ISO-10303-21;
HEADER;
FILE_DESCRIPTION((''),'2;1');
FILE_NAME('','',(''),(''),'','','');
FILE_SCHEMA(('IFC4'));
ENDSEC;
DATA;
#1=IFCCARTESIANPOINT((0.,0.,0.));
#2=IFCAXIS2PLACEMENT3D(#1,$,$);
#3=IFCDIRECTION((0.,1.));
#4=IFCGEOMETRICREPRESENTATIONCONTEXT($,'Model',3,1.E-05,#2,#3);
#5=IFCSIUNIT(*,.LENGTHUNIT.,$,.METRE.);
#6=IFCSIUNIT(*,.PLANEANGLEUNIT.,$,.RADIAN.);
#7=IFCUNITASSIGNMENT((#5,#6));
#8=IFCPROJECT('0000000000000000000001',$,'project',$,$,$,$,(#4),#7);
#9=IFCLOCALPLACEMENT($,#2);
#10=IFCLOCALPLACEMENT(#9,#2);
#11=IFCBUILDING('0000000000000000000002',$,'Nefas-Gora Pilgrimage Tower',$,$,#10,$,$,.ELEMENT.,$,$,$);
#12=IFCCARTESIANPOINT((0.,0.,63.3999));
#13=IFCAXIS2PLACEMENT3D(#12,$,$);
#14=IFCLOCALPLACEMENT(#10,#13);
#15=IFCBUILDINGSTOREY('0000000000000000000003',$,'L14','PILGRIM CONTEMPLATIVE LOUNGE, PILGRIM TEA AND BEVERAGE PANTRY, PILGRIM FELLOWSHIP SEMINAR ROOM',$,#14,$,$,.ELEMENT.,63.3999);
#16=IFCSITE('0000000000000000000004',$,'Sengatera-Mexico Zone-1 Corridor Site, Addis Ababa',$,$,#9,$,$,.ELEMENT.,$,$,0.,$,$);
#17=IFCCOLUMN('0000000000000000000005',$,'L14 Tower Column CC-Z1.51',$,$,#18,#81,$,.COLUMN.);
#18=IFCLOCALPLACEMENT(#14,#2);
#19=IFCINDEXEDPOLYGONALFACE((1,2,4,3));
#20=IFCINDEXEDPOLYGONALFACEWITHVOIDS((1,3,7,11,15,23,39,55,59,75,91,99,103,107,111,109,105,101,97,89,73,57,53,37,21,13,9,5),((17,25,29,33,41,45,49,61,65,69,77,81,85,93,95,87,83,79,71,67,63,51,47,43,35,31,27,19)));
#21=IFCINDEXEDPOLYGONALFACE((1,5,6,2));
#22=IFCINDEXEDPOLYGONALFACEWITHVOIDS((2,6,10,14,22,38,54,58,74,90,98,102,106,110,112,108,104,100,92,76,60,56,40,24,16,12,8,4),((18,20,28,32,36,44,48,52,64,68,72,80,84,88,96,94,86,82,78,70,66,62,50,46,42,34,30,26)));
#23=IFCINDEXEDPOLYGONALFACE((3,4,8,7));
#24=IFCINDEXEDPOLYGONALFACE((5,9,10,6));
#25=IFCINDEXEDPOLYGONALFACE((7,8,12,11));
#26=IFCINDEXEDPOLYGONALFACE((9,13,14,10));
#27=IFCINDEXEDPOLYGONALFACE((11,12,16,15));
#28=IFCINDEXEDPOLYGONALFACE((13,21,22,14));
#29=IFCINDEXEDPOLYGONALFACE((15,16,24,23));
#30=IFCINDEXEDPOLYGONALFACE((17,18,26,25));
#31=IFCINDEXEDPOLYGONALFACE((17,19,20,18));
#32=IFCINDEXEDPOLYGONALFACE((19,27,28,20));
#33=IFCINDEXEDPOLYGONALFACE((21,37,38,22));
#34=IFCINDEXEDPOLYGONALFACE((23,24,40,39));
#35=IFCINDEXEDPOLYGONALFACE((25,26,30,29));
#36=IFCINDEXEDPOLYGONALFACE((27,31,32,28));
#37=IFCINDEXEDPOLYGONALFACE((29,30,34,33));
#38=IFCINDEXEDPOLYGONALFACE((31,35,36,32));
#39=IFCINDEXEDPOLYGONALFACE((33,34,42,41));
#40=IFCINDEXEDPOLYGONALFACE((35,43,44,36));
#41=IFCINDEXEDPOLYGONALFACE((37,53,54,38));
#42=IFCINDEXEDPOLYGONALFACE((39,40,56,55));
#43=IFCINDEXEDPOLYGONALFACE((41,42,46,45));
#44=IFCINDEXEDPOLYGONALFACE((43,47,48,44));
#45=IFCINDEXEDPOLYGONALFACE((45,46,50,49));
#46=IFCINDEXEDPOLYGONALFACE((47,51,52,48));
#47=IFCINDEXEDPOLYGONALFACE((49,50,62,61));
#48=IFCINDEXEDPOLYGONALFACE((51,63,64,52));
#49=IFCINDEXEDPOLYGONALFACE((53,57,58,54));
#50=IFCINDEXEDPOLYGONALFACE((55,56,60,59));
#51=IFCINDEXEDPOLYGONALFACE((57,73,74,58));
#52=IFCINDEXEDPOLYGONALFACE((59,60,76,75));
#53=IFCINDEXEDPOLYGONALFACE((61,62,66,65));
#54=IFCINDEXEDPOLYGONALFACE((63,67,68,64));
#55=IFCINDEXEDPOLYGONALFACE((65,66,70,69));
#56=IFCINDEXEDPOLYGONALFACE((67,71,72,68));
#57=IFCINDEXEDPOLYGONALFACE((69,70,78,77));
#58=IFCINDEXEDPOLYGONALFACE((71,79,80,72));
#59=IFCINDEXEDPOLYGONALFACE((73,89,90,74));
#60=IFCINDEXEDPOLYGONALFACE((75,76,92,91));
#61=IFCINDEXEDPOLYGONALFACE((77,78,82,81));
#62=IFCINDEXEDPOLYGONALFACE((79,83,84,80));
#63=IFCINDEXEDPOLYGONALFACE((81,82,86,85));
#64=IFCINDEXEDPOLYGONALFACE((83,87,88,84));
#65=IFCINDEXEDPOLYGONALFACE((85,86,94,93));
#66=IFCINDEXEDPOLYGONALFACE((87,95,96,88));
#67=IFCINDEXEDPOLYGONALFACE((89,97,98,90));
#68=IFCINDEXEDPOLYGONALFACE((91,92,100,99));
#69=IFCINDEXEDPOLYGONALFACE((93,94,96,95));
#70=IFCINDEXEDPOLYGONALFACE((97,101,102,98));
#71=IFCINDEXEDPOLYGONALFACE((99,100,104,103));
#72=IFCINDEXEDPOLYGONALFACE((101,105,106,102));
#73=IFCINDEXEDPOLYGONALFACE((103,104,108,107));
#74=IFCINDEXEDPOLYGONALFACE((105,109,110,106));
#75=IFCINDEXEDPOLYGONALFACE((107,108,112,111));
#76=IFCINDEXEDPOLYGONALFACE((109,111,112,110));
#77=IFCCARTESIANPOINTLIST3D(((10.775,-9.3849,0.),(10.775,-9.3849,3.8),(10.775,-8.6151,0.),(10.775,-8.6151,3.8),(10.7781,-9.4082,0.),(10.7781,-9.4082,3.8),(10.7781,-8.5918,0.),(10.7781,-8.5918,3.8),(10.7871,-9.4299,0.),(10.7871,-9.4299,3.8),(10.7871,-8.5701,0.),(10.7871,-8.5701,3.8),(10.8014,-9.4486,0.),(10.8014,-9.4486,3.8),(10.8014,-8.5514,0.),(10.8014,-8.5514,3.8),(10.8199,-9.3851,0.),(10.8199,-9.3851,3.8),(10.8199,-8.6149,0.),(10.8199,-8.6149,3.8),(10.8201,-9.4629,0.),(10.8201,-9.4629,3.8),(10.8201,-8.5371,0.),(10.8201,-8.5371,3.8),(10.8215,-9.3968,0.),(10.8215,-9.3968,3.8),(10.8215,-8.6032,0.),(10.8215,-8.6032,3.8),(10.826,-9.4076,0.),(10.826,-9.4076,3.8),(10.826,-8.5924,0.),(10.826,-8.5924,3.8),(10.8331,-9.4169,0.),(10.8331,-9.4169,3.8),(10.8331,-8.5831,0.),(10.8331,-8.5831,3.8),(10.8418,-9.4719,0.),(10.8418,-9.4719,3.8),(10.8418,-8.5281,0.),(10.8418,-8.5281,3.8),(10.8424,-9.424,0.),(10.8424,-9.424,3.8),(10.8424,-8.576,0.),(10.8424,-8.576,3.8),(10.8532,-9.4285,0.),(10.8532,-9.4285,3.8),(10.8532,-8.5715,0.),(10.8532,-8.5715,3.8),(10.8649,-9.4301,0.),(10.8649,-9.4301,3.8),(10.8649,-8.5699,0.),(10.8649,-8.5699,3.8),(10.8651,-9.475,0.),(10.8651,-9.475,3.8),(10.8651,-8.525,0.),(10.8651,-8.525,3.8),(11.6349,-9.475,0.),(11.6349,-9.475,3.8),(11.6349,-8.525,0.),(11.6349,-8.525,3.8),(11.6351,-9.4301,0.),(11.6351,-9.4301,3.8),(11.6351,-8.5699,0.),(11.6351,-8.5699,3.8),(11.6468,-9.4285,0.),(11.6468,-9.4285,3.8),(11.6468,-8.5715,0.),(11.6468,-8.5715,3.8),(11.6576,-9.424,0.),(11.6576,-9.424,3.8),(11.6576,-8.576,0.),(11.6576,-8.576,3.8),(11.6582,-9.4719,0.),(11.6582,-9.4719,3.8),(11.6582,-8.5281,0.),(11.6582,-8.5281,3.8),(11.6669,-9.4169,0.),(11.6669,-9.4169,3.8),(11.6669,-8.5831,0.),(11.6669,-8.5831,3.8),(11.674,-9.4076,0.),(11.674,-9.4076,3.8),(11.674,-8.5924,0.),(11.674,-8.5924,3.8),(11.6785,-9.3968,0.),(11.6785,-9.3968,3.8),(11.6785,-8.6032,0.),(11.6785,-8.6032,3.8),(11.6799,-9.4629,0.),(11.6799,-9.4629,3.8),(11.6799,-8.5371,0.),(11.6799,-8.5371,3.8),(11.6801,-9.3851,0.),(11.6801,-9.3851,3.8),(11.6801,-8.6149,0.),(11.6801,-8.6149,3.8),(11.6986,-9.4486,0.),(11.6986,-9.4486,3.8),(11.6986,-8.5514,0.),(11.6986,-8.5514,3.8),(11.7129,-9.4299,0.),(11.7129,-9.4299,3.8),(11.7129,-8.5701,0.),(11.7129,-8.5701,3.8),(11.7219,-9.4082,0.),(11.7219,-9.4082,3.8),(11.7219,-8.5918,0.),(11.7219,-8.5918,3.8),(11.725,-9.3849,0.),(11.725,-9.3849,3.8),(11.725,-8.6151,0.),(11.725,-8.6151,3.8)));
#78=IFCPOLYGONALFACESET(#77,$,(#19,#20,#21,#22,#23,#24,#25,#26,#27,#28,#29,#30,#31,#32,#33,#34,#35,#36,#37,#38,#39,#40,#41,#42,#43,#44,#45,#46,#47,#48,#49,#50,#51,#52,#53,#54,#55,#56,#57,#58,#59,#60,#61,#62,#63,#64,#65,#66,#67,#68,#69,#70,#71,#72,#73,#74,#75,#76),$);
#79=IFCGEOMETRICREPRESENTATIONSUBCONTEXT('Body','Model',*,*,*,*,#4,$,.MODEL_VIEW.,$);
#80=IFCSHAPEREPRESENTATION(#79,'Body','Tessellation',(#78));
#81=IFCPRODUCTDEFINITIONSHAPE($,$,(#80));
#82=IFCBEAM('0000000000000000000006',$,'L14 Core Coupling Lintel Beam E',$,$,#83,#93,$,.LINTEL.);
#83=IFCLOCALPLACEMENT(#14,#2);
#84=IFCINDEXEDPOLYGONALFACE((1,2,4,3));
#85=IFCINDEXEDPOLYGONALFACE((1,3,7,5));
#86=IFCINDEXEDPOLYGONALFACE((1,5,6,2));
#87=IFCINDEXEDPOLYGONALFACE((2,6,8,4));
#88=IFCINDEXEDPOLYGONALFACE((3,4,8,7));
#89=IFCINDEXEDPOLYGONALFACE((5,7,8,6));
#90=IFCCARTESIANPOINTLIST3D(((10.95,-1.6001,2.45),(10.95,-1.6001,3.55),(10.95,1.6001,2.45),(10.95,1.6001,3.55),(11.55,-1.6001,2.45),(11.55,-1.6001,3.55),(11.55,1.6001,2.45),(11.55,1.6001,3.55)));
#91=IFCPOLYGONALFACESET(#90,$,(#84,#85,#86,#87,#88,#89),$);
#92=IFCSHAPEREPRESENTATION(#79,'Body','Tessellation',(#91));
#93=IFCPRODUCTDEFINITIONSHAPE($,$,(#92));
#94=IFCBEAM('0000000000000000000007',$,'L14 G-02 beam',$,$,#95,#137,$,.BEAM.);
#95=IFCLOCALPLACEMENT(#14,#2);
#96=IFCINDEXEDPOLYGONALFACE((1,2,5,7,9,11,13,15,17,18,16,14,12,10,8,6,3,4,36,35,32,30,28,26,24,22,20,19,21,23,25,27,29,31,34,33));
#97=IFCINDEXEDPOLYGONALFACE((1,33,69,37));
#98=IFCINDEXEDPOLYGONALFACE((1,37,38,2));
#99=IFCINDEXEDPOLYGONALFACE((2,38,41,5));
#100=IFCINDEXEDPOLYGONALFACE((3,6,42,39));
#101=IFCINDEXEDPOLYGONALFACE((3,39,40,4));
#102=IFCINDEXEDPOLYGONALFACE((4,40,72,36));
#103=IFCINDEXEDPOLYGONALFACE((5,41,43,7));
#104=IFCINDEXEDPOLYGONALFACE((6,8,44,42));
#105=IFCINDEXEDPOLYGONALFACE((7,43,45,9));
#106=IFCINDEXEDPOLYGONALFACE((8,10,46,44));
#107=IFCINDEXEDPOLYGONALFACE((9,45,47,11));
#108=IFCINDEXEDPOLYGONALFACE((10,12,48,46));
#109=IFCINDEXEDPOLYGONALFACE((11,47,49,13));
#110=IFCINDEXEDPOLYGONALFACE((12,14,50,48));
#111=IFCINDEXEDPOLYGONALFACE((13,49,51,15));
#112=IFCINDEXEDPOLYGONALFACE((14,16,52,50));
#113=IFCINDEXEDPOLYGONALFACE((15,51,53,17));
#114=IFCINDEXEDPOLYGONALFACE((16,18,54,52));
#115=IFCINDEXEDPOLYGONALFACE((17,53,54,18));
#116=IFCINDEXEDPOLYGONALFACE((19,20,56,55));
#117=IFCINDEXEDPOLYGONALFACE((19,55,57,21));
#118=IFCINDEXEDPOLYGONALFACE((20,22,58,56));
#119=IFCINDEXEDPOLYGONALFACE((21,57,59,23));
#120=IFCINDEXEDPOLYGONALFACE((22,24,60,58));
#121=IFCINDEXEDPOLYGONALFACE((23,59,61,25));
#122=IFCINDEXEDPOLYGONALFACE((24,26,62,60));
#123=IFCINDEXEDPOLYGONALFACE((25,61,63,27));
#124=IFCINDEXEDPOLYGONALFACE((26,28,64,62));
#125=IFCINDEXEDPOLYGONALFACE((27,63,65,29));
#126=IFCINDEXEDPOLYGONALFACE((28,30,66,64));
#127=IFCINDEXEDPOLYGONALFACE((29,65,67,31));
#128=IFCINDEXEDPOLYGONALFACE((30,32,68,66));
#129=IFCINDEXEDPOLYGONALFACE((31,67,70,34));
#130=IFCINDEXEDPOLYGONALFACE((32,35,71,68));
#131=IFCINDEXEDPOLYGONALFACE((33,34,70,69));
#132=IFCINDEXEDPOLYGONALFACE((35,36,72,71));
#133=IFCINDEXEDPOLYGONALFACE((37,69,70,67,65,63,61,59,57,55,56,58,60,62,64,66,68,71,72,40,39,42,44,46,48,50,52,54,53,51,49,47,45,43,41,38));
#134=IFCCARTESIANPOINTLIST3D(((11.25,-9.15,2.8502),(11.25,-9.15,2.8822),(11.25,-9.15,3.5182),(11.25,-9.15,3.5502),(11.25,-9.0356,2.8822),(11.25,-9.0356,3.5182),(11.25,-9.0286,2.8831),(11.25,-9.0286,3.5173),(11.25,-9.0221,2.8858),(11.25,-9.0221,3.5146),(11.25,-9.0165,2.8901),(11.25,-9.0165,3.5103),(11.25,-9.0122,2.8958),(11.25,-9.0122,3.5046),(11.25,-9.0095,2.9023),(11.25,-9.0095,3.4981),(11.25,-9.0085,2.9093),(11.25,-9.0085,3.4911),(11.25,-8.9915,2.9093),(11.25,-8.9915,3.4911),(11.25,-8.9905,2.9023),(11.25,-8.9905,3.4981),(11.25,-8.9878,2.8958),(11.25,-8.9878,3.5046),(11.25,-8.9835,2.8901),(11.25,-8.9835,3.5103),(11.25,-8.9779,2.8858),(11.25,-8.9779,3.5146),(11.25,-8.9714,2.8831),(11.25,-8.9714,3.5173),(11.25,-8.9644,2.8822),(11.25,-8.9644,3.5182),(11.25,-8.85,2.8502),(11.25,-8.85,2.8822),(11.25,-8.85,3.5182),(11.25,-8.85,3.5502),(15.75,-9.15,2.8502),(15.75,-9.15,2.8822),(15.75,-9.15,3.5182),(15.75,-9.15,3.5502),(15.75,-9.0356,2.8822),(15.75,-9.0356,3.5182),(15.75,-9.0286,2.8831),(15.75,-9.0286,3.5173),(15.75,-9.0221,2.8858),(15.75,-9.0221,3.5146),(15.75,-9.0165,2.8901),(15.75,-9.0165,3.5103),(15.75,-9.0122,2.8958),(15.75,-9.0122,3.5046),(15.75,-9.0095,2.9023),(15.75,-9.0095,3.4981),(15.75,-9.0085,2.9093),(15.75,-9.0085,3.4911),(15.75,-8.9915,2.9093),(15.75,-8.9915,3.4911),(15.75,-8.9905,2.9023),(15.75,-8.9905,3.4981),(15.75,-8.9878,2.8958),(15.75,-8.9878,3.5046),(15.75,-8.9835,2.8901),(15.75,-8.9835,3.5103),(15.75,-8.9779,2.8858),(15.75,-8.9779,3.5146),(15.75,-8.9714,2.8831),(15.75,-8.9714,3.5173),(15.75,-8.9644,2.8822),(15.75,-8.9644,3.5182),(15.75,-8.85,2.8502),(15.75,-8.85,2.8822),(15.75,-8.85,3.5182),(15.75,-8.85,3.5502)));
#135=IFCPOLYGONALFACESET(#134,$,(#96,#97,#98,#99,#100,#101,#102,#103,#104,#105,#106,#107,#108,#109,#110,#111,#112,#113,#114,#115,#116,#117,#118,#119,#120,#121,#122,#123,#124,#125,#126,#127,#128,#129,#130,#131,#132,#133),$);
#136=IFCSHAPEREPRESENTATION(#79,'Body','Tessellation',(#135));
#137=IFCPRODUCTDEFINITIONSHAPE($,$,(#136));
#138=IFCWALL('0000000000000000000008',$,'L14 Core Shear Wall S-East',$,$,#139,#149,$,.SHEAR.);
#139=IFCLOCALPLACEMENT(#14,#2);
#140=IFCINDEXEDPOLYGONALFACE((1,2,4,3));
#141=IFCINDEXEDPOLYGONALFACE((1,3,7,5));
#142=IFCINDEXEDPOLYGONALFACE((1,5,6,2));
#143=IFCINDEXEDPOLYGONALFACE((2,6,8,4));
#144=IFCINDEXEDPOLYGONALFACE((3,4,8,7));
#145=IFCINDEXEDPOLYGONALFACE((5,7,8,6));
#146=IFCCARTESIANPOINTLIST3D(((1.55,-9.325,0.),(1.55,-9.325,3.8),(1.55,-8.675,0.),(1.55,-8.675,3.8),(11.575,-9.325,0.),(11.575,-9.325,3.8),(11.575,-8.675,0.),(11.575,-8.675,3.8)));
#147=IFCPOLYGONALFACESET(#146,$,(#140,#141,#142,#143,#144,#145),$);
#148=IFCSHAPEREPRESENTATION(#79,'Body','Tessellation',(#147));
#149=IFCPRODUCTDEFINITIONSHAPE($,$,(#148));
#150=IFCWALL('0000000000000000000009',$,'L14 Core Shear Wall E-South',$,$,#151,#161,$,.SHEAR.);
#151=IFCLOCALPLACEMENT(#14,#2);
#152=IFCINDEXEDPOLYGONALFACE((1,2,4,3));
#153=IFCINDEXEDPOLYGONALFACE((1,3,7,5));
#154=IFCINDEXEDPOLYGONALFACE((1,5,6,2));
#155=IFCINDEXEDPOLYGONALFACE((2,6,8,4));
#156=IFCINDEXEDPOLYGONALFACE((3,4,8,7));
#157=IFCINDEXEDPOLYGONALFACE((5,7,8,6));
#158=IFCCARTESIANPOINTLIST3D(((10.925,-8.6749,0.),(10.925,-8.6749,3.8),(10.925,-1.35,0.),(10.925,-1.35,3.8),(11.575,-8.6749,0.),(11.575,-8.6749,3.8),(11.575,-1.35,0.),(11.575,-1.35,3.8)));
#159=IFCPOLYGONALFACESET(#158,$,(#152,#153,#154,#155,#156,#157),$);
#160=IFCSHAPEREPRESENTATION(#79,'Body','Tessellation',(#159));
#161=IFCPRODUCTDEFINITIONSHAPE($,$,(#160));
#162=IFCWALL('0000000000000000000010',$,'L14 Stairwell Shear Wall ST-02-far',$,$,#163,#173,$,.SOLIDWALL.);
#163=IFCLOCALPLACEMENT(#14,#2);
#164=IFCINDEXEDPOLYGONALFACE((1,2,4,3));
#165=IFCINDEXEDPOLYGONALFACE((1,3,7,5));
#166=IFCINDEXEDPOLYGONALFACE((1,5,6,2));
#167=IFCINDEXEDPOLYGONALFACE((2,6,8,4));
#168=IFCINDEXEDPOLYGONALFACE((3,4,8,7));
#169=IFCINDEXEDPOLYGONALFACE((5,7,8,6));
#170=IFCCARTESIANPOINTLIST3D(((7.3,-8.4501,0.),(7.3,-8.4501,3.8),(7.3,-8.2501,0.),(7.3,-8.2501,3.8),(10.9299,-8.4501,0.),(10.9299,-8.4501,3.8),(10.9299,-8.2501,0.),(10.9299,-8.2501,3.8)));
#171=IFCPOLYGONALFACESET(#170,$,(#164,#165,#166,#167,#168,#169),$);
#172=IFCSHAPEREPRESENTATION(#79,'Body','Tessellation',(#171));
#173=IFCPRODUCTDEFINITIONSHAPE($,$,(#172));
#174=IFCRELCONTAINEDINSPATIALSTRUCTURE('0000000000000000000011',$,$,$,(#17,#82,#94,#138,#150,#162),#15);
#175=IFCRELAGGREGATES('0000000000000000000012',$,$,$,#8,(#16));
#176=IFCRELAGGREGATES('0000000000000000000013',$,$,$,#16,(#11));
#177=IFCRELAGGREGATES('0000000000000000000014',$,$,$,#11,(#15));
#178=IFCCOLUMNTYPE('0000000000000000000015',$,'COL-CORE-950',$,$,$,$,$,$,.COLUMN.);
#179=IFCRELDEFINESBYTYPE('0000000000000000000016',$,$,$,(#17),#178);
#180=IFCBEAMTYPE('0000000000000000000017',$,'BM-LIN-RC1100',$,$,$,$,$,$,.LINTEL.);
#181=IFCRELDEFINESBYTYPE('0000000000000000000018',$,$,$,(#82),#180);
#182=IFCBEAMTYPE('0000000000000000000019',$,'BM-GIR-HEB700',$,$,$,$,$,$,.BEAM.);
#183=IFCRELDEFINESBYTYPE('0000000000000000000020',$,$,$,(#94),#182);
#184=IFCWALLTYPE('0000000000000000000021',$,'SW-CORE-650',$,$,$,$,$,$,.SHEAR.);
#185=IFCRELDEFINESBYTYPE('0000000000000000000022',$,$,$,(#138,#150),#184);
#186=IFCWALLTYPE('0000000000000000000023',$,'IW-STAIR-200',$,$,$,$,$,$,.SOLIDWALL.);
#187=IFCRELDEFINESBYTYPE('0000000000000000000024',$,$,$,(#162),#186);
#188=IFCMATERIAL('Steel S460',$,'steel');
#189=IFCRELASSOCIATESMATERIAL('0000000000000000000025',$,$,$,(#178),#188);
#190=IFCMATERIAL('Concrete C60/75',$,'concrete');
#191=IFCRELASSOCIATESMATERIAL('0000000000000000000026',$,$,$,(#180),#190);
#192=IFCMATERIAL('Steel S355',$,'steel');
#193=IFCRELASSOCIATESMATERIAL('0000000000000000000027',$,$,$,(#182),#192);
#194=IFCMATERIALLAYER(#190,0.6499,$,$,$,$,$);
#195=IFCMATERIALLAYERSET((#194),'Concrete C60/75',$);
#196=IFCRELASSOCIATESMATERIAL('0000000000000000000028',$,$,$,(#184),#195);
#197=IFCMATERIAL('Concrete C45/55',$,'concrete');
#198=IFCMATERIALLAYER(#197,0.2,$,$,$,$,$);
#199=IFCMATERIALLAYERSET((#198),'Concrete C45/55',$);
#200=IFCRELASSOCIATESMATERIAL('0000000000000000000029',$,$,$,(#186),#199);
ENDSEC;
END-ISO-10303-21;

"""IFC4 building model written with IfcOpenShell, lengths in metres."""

from ifc_helpers import new_model, si_unit, direction, frame, frame_2d, origin, origin_2d, place, context, subcontext, project, spatial, rectangle, hollow_rectangle, i_section, extrude, source, transform, mapped, material, layer, layer_set, material_profile, profile_set, type_object, element, save


model = new_model("IFC4")

# Units and contexts
model_context = context("Model", 3, precision=1e-05, world=origin(), true_north=direction((0.0, 1.0)))
body_context = subcontext(model_context, "Body", "Model", "MODEL_VIEW")
ifc_project = project(units=[si_unit("LENGTHUNIT", "METRE"), si_unit("PLANEANGLEUNIT", "RADIAN")], contexts=[model_context])

# Site, building, storey
site_placement = place(None, origin())
site = spatial("IfcSite", under=ifc_project, at=site_placement, Name="Sengatera-Mexico Zone-1 Corridor Site, Addis Ababa", CompositionType="ELEMENT", RefElevation=0.0)
building_placement = place(site_placement, origin())
building = spatial("IfcBuilding", under=site, at=building_placement, Name="Nefas-Gora Pilgrimage Tower", CompositionType="ELEMENT")
storey_placement = place(building_placement, frame((0.0, 0.0, 63.3999)))
storey = spatial("IfcBuildingStorey", under=building, at=storey_placement, Name="L14", Description="PILGRIM CONTEMPLATIVE LOUNGE, PILGRIM TEA AND BEVERAGE PANTRY, PILGRIM FELLOWSHIP SEMINAR ROOM", CompositionType="ELEMENT", Elevation=63.3999)

# Column
ifc_material_1 = material(Name="Steel S460", Category="steel")
ifc_material_profile_1 = material_profile(ifc_material_1, hollow_rectangle(XDim=0.95, YDim=0.95, WallThickness=0.0449, InnerFilletRadius=0.0449, OuterFilletRadius=0.0901, at=origin_2d()), Name="BOX 950x950x45")
ifc_profile_set_1 = profile_set([ifc_material_profile_1], Name="Steel S460")
column_type = type_object("IfcColumnType", Name="COL-CORE-950", PredefinedType="COLUMN", material=ifc_profile_set_1)
shared_shape_1 = source(origin(), body_context, "Body", "SweptSolid", [
    extrude(hollow_rectangle(XDim=0.95, YDim=0.95, WallThickness=0.0449, InnerFilletRadius=0.0449, OuterFilletRadius=0.0901, at=origin_2d()), origin(), (0.0, 0.0, 1.0), 3.8),
])
column_placement = place(storey_placement, frame((11.25, -9.0, 0.0), z_axis=(0.0, 0.0, 1.0), x_axis=(1.0, 0.0, 0.0)))
element("IfcColumn", 1, at=column_placement, inside=storey, type_object=column_type, Name="L14 Tower Column CC-Z1.51", PredefinedType="COLUMN", context=body_context, shape_type="MappedRepresentation", body=[
    mapped(shared_shape_1, transform((0.0, 0.0, 0.0), x_axis=(1.0, 0.0, 0.0), y_axis=(0.0, 1.0, 0.0), z_axis=(0.0, 0.0, 1.0), scale=1.0)),
])

# Beams
ifc_material_2 = material(Name="Concrete C60/75", Category="concrete")
ifc_material_profile_2 = material_profile(ifc_material_2, rectangle(XDim=0.6001, YDim=1.1001, at=origin_2d()), Name="RC 600x1100")
ifc_profile_set_2 = profile_set([ifc_material_profile_2], Name="Concrete C60/75")
beam_type_1 = type_object("IfcBeamType", Name="BM-LIN-RC1100", PredefinedType="LINTEL", material=ifc_profile_set_2)
shared_shape_2 = source(origin(), body_context, "Body", "SweptSolid", [
    extrude(rectangle(XDim=0.6001, YDim=1.1001, at=origin_2d()), origin(), (0.0, 0.0, 1.0), 3.2002),
])
beam_1_placement = place(storey_placement, frame((11.25, -1.6001, 3.0), z_axis=(0.0, 1.0, 0.0), x_axis=(-1.0, 0.0, 0.0)))
element("IfcBeam", 2, at=beam_1_placement, inside=storey, type_object=beam_type_1, Name="L14 Core Coupling Lintel Beam E", PredefinedType="LINTEL", context=body_context, shape_type="MappedRepresentation", body=[
    mapped(shared_shape_2, transform((0.0, 0.0, 0.0), x_axis=(1.0, 0.0, 0.0), y_axis=(0.0, 1.0, 0.0), z_axis=(0.0, 0.0, 1.0), scale=1.0)),
])
ifc_material_3 = material(Name="Steel S355", Category="steel")
ifc_material_profile_3 = material_profile(ifc_material_3, i_section(OverallWidth=0.3, OverallDepth=0.7, WebThickness=0.0171, FlangeThickness=0.032, FilletRadius=0.0271, at=origin_2d()), Name="HEB 700")
ifc_profile_set_3 = profile_set([ifc_material_profile_3], Name="Steel S355")
beam_type_2 = type_object("IfcBeamType", Name="BM-GIR-HEB700", PredefinedType="BEAM", material=ifc_profile_set_3)
shared_shape_3 = source(origin(), body_context, "Body", "SweptSolid", [
    extrude(i_section(OverallWidth=0.3, OverallDepth=0.7, WebThickness=0.0171, FlangeThickness=0.032, FilletRadius=0.0271, at=origin_2d()), origin(), (0.0, 0.0, 1.0), 4.5),
])
beam_2_placement = place(storey_placement, frame((11.25, -9.0, 3.2002), z_axis=(1.0, 0.0, 0.0), x_axis=(0.0, 1.0, 0.0)))
element("IfcBeam", 3, at=beam_2_placement, inside=storey, type_object=beam_type_2, Name="L14 G-02 beam", PredefinedType="BEAM", context=body_context, shape_type="MappedRepresentation", body=[
    mapped(shared_shape_3, transform((0.0, 0.0, 0.0), x_axis=(1.0, 0.0, 0.0), y_axis=(0.0, 1.0, 0.0), z_axis=(0.0, 0.0, 1.0), scale=1.0)),
])

# Walls
ifc_layer_1 = layer(ifc_material_2, 0.6499)
ifc_layer_set_1 = layer_set([ifc_layer_1], Name="Concrete C60/75")
wall_type_1 = type_object("IfcWallType", Name="SW-CORE-650", PredefinedType="SHEAR", material=ifc_layer_set_1)
shared_shape_4 = source(origin(), body_context, "Body", "SweptSolid", [
    extrude(rectangle(XDim=10.0249, YDim=0.6499, at=frame_2d((5.0125, 0.0))), origin(), (0.0, 0.0, 1.0), 3.8),
])
wall_1_placement = place(storey_placement, frame((1.55, -9.0, 0.0), z_axis=(0.0, 0.0, 1.0), x_axis=(1.0, 0.0, 0.0)))
element("IfcWall", 4, at=wall_1_placement, inside=storey, type_object=wall_type_1, Name="L14 Core Shear Wall S-East", PredefinedType="SHEAR", context=body_context, shape_type="MappedRepresentation", body=[
    mapped(shared_shape_4, transform((0.0, 0.0, 0.0), x_axis=(1.0, 0.0, 0.0), y_axis=(0.0, 1.0, 0.0), z_axis=(0.0, 0.0, 1.0), scale=1.0)),
])
shared_shape_5 = source(origin(), body_context, "Body", "SweptSolid", [
    extrude(rectangle(XDim=7.325, YDim=0.6499, at=frame_2d((3.6626, 0.0))), origin(), (0.0, 0.0, 1.0), 3.8),
])
wall_2_placement = place(storey_placement, frame((11.25, -8.675, 0.0), z_axis=(0.0, 0.0, 1.0), x_axis=(0.0, 1.0, 0.0)))
element("IfcWall", 5, at=wall_2_placement, inside=storey, type_object=wall_type_1, Name="L14 Core Shear Wall E-South", PredefinedType="SHEAR", context=body_context, shape_type="MappedRepresentation", body=[
    mapped(shared_shape_5, transform((0.0, 0.0, 0.0), x_axis=(1.0, 0.0, 0.0), y_axis=(0.0, 1.0, 0.0), z_axis=(0.0, 0.0, 1.0), scale=1.0)),
])
ifc_material_4 = material(Name="Concrete C45/55", Category="concrete")
ifc_layer_2 = layer(ifc_material_4, 0.2)
ifc_layer_set_2 = layer_set([ifc_layer_2], Name="Concrete C45/55")
wall_type_2 = type_object("IfcWallType", Name="IW-STAIR-200", PredefinedType="SOLIDWALL", material=ifc_layer_set_2)
shared_shape_6 = source(origin(), body_context, "Body", "SweptSolid", [
    extrude(rectangle(XDim=3.6299, YDim=0.2, at=frame_2d((1.8149, 0.0))), origin(), (0.0, 0.0, 1.0), 3.8),
])
wall_3_placement = place(storey_placement, frame((7.3, -8.3501, 0.0), z_axis=(0.0, 0.0, 1.0), x_axis=(1.0, 0.0, 0.0)))
element("IfcWall", 6, at=wall_3_placement, inside=storey, type_object=wall_type_2, Name="L14 Stairwell Shear Wall ST-02-far", PredefinedType="SOLIDWALL", context=body_context, shape_type="MappedRepresentation", body=[
    mapped(shared_shape_6, transform((0.0, 0.0, 0.0), x_axis=(1.0, 0.0, 0.0), y_axis=(0.0, 1.0, 0.0), z_axis=(0.0, 0.0, 1.0), scale=1.0)),
])

save(model, "model.ifc")
